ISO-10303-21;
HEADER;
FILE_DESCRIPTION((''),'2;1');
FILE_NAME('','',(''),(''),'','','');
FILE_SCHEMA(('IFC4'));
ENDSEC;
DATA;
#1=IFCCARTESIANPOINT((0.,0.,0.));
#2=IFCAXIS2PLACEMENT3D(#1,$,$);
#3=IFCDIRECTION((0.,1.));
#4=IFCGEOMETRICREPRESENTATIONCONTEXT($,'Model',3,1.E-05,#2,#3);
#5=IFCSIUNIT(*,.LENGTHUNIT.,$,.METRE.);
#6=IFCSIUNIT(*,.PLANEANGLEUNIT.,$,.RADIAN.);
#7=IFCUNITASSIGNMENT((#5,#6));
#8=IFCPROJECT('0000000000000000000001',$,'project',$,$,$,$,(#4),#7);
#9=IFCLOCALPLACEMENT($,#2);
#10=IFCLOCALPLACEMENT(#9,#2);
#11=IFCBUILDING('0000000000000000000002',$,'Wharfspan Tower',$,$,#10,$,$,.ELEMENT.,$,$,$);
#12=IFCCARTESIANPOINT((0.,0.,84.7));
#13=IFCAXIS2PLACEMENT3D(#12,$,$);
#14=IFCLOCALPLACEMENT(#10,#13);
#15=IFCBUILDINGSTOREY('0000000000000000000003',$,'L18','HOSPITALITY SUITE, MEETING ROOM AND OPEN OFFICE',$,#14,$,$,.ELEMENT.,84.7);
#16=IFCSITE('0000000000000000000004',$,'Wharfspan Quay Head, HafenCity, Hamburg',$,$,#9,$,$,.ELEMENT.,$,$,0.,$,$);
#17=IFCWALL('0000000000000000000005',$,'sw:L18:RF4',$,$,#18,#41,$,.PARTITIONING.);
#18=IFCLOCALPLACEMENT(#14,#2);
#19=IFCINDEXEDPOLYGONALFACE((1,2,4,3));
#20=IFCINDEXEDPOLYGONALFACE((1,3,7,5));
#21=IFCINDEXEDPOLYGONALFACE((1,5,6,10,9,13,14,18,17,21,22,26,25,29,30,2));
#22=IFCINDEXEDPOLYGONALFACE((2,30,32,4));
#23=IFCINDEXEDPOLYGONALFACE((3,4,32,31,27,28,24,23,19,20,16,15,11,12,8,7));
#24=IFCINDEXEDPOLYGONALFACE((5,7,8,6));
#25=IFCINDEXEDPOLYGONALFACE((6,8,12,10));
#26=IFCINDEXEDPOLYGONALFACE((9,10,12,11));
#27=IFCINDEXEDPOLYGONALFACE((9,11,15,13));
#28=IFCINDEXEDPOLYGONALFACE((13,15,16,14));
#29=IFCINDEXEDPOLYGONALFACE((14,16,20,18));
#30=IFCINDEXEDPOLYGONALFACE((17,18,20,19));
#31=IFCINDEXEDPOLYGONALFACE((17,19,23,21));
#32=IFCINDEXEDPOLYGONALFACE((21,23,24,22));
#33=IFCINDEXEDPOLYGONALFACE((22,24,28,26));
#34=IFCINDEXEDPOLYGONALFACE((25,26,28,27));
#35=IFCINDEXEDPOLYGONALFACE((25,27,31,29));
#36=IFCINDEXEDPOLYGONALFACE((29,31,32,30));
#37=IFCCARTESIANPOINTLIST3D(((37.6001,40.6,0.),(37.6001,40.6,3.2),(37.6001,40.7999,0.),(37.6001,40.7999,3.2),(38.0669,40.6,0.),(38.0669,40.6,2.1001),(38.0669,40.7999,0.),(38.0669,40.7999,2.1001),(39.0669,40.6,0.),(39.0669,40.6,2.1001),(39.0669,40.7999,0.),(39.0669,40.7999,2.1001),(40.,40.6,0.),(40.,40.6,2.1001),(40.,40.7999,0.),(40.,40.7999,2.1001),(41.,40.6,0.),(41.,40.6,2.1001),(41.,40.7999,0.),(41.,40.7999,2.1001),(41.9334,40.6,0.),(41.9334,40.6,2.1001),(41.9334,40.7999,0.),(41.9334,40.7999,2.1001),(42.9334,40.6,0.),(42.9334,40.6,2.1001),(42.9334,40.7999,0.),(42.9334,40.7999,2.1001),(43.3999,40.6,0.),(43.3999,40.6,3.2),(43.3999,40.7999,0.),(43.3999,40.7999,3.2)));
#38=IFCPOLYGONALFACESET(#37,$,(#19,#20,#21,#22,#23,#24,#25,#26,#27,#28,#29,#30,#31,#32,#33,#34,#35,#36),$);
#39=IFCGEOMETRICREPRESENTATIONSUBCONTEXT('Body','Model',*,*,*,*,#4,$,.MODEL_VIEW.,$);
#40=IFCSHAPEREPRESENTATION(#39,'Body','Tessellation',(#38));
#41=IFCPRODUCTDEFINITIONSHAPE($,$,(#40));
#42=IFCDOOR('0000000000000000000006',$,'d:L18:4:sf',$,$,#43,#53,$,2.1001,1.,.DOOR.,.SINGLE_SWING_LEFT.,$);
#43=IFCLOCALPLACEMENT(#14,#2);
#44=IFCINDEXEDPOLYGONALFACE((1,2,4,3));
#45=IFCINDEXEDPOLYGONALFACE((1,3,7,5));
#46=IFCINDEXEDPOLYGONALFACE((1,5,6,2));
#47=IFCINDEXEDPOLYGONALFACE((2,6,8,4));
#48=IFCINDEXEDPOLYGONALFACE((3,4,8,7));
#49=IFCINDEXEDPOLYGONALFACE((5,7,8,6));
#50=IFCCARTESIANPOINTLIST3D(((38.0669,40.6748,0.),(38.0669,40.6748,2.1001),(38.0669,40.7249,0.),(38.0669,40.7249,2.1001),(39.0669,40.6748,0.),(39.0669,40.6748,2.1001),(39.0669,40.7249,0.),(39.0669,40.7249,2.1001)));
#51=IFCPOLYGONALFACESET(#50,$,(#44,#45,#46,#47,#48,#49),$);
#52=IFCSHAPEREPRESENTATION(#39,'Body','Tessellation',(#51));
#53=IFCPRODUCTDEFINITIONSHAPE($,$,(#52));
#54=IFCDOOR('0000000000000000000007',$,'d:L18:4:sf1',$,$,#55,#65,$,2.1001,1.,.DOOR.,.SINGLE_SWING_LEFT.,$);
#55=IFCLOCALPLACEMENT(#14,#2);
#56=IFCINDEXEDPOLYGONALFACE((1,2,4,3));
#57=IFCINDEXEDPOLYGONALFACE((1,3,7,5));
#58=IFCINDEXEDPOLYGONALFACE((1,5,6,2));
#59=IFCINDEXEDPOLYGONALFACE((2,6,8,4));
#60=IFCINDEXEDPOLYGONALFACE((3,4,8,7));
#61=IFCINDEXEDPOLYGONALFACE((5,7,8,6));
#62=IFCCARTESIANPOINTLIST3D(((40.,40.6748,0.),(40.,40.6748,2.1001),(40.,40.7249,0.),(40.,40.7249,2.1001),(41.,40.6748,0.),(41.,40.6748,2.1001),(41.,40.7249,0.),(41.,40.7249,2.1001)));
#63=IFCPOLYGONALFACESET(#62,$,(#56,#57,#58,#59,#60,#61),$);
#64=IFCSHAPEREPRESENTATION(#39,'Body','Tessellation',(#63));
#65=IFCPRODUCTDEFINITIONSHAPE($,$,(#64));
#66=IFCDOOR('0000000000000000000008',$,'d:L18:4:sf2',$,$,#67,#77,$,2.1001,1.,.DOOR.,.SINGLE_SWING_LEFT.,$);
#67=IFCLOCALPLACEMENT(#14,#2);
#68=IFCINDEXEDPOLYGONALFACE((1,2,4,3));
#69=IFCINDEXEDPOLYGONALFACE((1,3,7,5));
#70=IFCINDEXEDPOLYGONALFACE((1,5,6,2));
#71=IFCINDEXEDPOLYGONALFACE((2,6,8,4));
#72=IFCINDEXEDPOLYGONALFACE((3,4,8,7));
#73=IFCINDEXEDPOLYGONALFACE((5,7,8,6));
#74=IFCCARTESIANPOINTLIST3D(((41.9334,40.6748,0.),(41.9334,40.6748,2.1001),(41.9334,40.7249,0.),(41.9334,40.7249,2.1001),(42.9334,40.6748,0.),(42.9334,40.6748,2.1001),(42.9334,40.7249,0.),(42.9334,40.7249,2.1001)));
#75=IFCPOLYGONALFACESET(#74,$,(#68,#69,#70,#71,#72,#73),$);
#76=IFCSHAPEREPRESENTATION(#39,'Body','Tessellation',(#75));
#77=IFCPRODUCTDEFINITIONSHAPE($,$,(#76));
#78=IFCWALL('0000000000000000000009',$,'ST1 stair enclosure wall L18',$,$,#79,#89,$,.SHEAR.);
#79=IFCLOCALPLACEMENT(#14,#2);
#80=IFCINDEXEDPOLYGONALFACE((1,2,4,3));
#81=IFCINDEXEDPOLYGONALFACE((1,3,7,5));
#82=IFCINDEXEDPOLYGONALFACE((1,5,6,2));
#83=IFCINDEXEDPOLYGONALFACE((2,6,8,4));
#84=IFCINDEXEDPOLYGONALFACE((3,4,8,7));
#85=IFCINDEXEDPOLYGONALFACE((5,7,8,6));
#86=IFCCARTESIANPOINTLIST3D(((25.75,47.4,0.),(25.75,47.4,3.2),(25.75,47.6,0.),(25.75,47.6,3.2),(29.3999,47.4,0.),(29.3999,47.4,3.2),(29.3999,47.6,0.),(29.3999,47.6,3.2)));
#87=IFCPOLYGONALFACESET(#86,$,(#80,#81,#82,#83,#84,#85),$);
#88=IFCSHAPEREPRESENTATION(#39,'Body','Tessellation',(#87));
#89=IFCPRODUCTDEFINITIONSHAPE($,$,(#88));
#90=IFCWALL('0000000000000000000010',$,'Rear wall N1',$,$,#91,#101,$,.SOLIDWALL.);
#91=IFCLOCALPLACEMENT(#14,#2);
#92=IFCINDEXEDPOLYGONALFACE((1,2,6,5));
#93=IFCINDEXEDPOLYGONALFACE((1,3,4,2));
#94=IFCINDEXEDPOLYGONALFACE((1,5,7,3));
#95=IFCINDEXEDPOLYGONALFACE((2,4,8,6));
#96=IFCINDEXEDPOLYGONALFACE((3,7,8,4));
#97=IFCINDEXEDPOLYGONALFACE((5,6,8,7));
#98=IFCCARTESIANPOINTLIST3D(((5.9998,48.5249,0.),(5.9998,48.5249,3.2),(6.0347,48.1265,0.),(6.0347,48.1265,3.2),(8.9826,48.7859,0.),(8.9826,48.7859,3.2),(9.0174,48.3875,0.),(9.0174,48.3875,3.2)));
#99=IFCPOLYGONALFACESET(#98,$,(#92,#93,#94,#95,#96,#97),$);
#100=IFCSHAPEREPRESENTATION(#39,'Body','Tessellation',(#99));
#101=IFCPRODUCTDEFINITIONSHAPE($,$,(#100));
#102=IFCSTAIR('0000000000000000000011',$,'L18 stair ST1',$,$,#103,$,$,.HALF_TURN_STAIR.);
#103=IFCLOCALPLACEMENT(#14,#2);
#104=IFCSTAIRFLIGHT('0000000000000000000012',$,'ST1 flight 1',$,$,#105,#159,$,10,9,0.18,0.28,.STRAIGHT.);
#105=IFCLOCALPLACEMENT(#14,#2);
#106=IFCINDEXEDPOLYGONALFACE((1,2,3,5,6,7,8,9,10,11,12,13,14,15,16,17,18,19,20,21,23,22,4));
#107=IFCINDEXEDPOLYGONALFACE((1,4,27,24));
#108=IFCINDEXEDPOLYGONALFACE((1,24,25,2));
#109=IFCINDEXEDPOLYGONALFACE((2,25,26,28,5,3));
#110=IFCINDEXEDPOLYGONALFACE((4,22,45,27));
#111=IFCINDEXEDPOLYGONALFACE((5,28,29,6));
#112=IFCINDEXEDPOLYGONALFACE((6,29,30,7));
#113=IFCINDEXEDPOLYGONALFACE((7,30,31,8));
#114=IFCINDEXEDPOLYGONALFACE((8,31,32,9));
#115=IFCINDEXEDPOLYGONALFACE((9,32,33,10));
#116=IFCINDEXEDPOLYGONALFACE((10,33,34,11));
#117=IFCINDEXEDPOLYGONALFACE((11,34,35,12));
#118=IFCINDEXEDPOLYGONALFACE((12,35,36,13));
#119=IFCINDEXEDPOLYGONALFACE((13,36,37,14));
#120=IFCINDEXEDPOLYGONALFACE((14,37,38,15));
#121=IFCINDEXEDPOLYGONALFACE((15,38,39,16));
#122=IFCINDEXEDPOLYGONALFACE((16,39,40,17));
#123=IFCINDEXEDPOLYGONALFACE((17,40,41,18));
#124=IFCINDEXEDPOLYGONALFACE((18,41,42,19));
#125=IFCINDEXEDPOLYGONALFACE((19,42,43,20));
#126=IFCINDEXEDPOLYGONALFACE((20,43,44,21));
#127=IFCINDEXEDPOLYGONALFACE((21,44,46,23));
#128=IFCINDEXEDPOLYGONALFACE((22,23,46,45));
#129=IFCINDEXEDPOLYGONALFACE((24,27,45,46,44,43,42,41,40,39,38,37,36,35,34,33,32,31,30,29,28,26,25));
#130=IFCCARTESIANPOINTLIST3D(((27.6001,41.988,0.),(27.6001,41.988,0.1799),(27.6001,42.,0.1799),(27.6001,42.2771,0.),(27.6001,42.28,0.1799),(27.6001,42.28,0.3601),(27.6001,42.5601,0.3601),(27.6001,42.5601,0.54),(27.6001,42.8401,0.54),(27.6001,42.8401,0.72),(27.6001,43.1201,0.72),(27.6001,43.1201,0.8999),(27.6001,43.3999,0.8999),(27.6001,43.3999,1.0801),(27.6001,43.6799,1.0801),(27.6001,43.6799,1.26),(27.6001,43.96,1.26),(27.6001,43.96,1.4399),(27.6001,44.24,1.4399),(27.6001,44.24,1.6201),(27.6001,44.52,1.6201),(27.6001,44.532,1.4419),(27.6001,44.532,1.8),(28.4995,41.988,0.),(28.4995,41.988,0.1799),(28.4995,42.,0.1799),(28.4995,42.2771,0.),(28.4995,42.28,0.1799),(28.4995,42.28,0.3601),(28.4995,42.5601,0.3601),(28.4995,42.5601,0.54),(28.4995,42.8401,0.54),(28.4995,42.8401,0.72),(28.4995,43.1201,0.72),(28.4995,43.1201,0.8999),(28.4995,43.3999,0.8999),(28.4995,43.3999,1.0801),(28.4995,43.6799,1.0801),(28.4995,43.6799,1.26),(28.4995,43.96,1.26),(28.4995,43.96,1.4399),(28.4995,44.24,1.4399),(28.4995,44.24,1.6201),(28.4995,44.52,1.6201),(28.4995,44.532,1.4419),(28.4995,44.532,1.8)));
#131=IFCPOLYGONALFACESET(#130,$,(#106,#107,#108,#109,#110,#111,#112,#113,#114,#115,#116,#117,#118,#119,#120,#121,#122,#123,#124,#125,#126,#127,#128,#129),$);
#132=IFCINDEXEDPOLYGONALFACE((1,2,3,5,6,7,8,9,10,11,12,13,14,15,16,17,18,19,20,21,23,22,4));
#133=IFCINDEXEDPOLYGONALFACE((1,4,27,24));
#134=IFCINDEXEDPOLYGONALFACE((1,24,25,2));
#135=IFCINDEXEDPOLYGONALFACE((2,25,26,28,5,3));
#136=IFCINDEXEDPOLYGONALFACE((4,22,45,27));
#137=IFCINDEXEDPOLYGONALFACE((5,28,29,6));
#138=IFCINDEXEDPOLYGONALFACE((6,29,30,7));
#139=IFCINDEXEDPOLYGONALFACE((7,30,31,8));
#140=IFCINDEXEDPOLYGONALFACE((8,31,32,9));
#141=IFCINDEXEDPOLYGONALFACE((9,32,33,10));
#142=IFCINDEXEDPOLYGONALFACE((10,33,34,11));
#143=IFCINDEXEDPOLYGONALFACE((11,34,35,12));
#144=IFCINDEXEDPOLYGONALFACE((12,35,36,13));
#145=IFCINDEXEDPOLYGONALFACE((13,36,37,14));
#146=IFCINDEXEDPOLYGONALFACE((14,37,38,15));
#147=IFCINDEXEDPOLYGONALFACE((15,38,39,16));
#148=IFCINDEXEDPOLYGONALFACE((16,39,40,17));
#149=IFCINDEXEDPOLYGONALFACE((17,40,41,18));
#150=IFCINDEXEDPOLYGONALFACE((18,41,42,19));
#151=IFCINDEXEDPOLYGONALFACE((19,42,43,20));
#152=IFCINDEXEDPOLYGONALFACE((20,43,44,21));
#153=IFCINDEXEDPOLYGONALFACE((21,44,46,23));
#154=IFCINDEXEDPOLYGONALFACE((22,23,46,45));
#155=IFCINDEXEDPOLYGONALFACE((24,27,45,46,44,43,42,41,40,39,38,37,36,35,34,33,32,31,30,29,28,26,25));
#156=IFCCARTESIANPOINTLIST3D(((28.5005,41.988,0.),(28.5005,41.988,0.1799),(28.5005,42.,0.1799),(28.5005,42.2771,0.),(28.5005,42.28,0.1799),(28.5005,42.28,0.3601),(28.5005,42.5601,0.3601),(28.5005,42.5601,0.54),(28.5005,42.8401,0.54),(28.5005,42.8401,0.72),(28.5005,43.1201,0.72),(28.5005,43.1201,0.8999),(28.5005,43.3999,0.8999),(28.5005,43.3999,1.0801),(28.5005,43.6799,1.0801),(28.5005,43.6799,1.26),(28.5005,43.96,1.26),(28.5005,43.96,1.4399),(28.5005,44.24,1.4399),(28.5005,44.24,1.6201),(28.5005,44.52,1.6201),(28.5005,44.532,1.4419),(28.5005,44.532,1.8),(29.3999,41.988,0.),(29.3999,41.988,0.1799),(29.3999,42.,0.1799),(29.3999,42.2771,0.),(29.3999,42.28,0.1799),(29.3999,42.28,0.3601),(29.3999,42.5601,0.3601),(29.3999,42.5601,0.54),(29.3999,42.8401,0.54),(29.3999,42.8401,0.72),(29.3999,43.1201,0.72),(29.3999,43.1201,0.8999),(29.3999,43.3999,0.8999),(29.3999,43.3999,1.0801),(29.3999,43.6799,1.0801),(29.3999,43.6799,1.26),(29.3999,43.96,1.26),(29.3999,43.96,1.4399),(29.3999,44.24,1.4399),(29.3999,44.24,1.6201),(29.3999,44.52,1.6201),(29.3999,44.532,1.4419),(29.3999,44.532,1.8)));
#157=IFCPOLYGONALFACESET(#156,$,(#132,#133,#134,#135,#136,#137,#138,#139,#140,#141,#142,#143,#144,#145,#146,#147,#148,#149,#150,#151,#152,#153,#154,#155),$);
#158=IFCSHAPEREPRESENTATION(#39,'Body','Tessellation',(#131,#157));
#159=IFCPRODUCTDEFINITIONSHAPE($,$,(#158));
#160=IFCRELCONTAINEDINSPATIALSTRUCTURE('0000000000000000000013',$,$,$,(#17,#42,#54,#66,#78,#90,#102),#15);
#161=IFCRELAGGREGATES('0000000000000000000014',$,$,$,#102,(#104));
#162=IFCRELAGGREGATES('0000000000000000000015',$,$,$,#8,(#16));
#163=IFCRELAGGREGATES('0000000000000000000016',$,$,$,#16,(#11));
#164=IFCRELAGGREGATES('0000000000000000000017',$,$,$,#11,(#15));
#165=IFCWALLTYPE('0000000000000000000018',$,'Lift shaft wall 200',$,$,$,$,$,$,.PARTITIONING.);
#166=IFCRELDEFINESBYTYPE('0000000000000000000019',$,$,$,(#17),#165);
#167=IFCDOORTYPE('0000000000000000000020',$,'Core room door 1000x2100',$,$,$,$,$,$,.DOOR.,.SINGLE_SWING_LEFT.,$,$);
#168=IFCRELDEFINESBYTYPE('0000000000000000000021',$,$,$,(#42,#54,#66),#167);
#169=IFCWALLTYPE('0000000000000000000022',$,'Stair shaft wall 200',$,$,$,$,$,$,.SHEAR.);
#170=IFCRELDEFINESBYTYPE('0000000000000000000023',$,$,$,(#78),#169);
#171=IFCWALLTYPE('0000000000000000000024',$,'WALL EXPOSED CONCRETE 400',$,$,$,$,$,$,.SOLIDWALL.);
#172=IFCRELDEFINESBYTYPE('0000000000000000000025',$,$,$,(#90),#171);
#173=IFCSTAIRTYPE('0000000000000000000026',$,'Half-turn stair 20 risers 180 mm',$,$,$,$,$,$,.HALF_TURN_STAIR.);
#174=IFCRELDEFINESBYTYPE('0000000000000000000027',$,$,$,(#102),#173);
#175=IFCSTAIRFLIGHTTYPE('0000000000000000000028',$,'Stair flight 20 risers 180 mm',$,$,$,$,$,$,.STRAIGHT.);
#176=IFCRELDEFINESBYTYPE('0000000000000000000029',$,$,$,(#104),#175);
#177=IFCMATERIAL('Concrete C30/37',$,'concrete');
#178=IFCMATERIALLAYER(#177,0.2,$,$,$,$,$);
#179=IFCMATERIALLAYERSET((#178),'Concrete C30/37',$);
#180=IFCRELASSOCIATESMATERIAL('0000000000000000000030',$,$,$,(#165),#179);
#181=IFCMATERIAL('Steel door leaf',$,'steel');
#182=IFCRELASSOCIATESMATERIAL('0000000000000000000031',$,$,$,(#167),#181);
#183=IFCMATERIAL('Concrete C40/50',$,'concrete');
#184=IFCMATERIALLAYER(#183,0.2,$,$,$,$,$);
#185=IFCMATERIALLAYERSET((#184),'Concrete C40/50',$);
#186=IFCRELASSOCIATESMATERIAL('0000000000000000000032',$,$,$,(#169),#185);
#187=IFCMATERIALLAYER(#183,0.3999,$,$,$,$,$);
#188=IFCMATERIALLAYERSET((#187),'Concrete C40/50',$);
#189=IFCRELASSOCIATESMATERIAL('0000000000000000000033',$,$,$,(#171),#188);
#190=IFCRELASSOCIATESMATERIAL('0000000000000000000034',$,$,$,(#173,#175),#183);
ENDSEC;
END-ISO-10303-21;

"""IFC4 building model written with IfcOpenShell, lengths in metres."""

from ifc_helpers import new_model, si_unit, direction, frame, frame_2d, origin, place, context, subcontext, project, spatial, polyline, rectangle, outline, extrude, material, layer, layer_set, type_object, element, fill, aggregate, save


model = new_model("IFC4")

# Units and contexts
model_context = context("Model", 3, precision=1e-05, world=origin(), true_north=direction((0.0, 1.0)))
body_context = subcontext(model_context, "Body", "Model", "MODEL_VIEW")
ifc_project = project(units=[si_unit("LENGTHUNIT", "METRE"), si_unit("PLANEANGLEUNIT", "RADIAN")], contexts=[model_context])

# Site, building, storey
site_placement = place(None, origin())
site = spatial("IfcSite", under=ifc_project, at=site_placement, Name="Wharfspan Quay Head, HafenCity, Hamburg", CompositionType="ELEMENT", RefElevation=0.0)
building_placement = place(site_placement, origin())
building = spatial("IfcBuilding", under=site, at=building_placement, Name="Wharfspan Tower", CompositionType="ELEMENT")
storey_placement = place(building_placement, frame((0.0, 0.0, 84.7)))
storey = spatial("IfcBuildingStorey", under=building, at=storey_placement, Name="L18", Description="HOSPITALITY SUITE, MEETING ROOM AND OPEN OFFICE", CompositionType="ELEMENT", Elevation=84.7)

# Wall, openings, doors
ifc_material_1 = material(Name="Concrete C30/37", Category="concrete")
ifc_layer_1 = layer(ifc_material_1, 0.2)
ifc_layer_set_1 = layer_set([ifc_layer_1], Name="Concrete C30/37")
wall_type_1 = type_object("IfcWallType", Name="Lift shaft wall 200", PredefinedType="PARTITIONING", material=ifc_layer_set_1)
ifc_material_2 = material(Name="Steel door leaf", Category="steel")
door_type = type_object("IfcDoorType", Name="Core room door 1000x2100", OperationType="SINGLE_SWING_LEFT", PredefinedType="DOOR", material=ifc_material_2)
wall_1_placement = place(storey_placement, frame((37.6001, 40.7, 0.0), z_axis=(0.0, 0.0, 1.0), x_axis=(1.0, 0.0, 0.0)))
wall_1 = element("IfcWall", 1, at=wall_1_placement, inside=storey, type_object=wall_type_1, Name="sw:L18:RF4", PredefinedType="PARTITIONING", context=body_context, shape_type="SweptSolid", body=[
    extrude(rectangle(XDim=5.7998, YDim=0.2, at=frame_2d((2.8999, 0.0))), origin(), (0.0, 0.0, 1.0), 3.2),
])
opening_1_placement = place(wall_1_placement, frame((0.4668, 0.0, 0.0)))
opening_1 = element("IfcOpeningElement", 2, at=opening_1_placement, cuts=wall_1, PredefinedType="OPENING", context=body_context, shape_type="SweptSolid", body=[
    extrude(rectangle(XDim=1.0, YDim=2.1001, at=frame_2d((0.5, 1.05))), frame((0.0, 0.1099, 0.0), z_axis=(0.0, -1.0, 0.0), x_axis=(1.0, 0.0, 0.0)), (0.0, 0.0, 1.0), 0.22),
])
opening_2_placement = place(wall_1_placement, frame((2.3999, 0.0, 0.0)))
opening_2 = element("IfcOpeningElement", 3, at=opening_2_placement, cuts=wall_1, PredefinedType="OPENING", context=body_context, shape_type="SweptSolid", body=[
    extrude(rectangle(XDim=1.0, YDim=2.1001, at=frame_2d((0.5, 1.05))), frame((0.0, 0.1099, 0.0), z_axis=(0.0, -1.0, 0.0), x_axis=(1.0, 0.0, 0.0)), (0.0, 0.0, 1.0), 0.22),
])
opening_3_placement = place(wall_1_placement, frame((4.3333, 0.0, 0.0)))
opening_3 = element("IfcOpeningElement", 4, at=opening_3_placement, cuts=wall_1, PredefinedType="OPENING", context=body_context, shape_type="SweptSolid", body=[
    extrude(rectangle(XDim=1.0, YDim=2.1001, at=frame_2d((0.5, 1.05))), frame((0.0, 0.1099, 0.0), z_axis=(0.0, -1.0, 0.0), x_axis=(1.0, 0.0, 0.0)), (0.0, 0.0, 1.0), 0.22),
])
door_1_placement = place(opening_1_placement, origin())
door_1 = element("IfcDoor", 5, at=door_1_placement, inside=storey, type_object=door_type, Name="d:L18:4:sf", OperationType="SINGLE_SWING_LEFT", OverallHeight=2.1001, OverallWidth=1.0, PredefinedType="DOOR", context=body_context, shape_type="SweptSolid", body=[
    extrude(rectangle(XDim=1.0, YDim=2.1001, at=frame_2d((0.5, 1.05))), frame((0.0, 0.0249, 0.0), z_axis=(0.0, -1.0, 0.0), x_axis=(1.0, 0.0, 0.0)), (0.0, 0.0, 1.0), 0.05),
])
fill(opening_1, door_1)
door_2_placement = place(opening_2_placement, origin())
door_2 = element("IfcDoor", 6, at=door_2_placement, inside=storey, type_object=door_type, Name="d:L18:4:sf1", OperationType="SINGLE_SWING_LEFT", OverallHeight=2.1001, OverallWidth=1.0, PredefinedType="DOOR", context=body_context, shape_type="SweptSolid", body=[
    extrude(rectangle(XDim=1.0, YDim=2.1001, at=frame_2d((0.5, 1.05))), frame((0.0, 0.0249, 0.0), z_axis=(0.0, -1.0, 0.0), x_axis=(1.0, 0.0, 0.0)), (0.0, 0.0, 1.0), 0.05),
])
fill(opening_2, door_2)
door_3_placement = place(opening_3_placement, origin())
door_3 = element("IfcDoor", 7, at=door_3_placement, inside=storey, type_object=door_type, Name="d:L18:4:sf2", OperationType="SINGLE_SWING_LEFT", OverallHeight=2.1001, OverallWidth=1.0, PredefinedType="DOOR", context=body_context, shape_type="SweptSolid", body=[
    extrude(rectangle(XDim=1.0, YDim=2.1001, at=frame_2d((0.5, 1.05))), frame((0.0, 0.0249, 0.0), z_axis=(0.0, -1.0, 0.0), x_axis=(1.0, 0.0, 0.0)), (0.0, 0.0, 1.0), 0.05),
])
fill(opening_3, door_3)

# Walls
ifc_material_3 = material(Name="Concrete C40/50", Category="concrete")
ifc_layer_2 = layer(ifc_material_3, 0.2)
ifc_layer_set_2 = layer_set([ifc_layer_2], Name="Concrete C40/50")
wall_type_2 = type_object("IfcWallType", Name="Stair shaft wall 200", PredefinedType="SHEAR", material=ifc_layer_set_2)
wall_2_placement = place(storey_placement, frame((25.75, 47.5, 0.0), z_axis=(0.0, 0.0, 1.0), x_axis=(1.0, 0.0, 0.0)))
element("IfcWall", 8, at=wall_2_placement, inside=storey, type_object=wall_type_2, Name="ST1 stair enclosure wall L18", PredefinedType="SHEAR", context=body_context, shape_type="SweptSolid", body=[
    extrude(rectangle(XDim=3.6499, YDim=0.2, at=frame_2d((1.825, 0.0))), origin(), (0.0, 0.0, 1.0), 3.2),
])
ifc_layer_3 = layer(ifc_material_3, 0.3999)
ifc_layer_set_3 = layer_set([ifc_layer_3], Name="Concrete C40/50")
wall_type_3 = type_object("IfcWallType", Name="WALL EXPOSED CONCRETE 400", PredefinedType="SOLIDWALL", material=ifc_layer_set_3)
wall_3_placement = place(storey_placement, frame((9.0, 48.5867, 0.0), z_axis=(0.0, 0.0, 1.0), x_axis=(-0.996194, -0.087168, 0.0)))
element("IfcWall", 9, at=wall_3_placement, inside=storey, type_object=wall_type_3, Name="Rear wall N1", PredefinedType="SOLIDWALL", context=body_context, shape_type="SweptSolid", body=[
    extrude(rectangle(XDim=2.9941, YDim=0.3999, at=frame_2d((1.4971, 0.0))), origin(), (0.0, 0.0, 1.0), 3.2),
])

# Stair, stair flight
stair_type = type_object("IfcStairType", Name="Half-turn stair 20 risers 180 mm", PredefinedType="HALF_TURN_STAIR", material=ifc_material_3)
stair_placement = place(storey_placement, origin())
stair = element("IfcStair", 10, at=stair_placement, inside=storey, type_object=stair_type, Name="L18 stair ST1", PredefinedType="HALF_TURN_STAIR")
stair_flight_type = type_object("IfcStairFlightType", Name="Stair flight 20 risers 180 mm", PredefinedType="STRAIGHT", material=ifc_material_3)
stair_flight_1_placement = place(storey_placement, frame((28.5, 42.0, 0.0), z_axis=(0.0, 0.0, 1.0), x_axis=(0.0, 1.0, 0.0)))
stair_flight_1 = element("IfcStairFlight", 11, at=stair_flight_1_placement, type_object=stair_flight_type, Name="ST1 flight 1", NumberOfRisers=10, NumberOfTreads=9, PredefinedType="STRAIGHT", RiserHeight=0.18, TreadLength=0.28, context=body_context, shape_type="SweptSolid", body=[
    extrude(outline(polyline([(-0.012, 0.0), (-0.012, 0.1799), (0.0, 0.1799), (0.28, 0.1799), (0.28, 0.3601), (0.5601, 0.3601), (0.5601, 0.54), (0.8401, 0.54), (0.8401, 0.72), (1.1201, 0.72), (1.1201, 0.8999), (1.3999, 0.8999), (1.3999, 1.0801), (1.6799, 1.0801), (1.6799, 1.26), (1.96, 1.26), (1.96, 1.4399), (2.24, 1.4399), (2.24, 1.6201), (2.52, 1.6201), (2.532, 1.8), (2.532, 1.4419), (0.2771, 0.0), (-0.012, 0.0)])), frame((0.0, 0.8999, 0.0), z_axis=(0.0, -1.0, 0.0), x_axis=(1.0, 0.0, 0.0)), (0.0, 0.0, 1.0), 0.8994),
    extrude(outline(polyline([(-0.012, 0.0), (-0.012, 0.1799), (0.0, 0.1799), (0.28, 0.1799), (0.28, 0.3601), (0.5601, 0.3601), (0.5601, 0.54), (0.8401, 0.54), (0.8401, 0.72), (1.1201, 0.72), (1.1201, 0.8999), (1.3999, 0.8999), (1.3999, 1.0801), (1.6799, 1.0801), (1.6799, 1.26), (1.96, 1.26), (1.96, 1.4399), (2.24, 1.4399), (2.24, 1.6201), (2.52, 1.6201), (2.532, 1.8), (2.532, 1.4419), (0.2771, 0.0), (-0.012, 0.0)])), frame((0.0, -0.0005, 0.0), z_axis=(0.0, -1.0, 0.0), x_axis=(1.0, 0.0, 0.0)), (0.0, 0.0, 1.0), 0.8994),
])
aggregate(stair, [stair_flight_1])

save(model, "model.ifc")
